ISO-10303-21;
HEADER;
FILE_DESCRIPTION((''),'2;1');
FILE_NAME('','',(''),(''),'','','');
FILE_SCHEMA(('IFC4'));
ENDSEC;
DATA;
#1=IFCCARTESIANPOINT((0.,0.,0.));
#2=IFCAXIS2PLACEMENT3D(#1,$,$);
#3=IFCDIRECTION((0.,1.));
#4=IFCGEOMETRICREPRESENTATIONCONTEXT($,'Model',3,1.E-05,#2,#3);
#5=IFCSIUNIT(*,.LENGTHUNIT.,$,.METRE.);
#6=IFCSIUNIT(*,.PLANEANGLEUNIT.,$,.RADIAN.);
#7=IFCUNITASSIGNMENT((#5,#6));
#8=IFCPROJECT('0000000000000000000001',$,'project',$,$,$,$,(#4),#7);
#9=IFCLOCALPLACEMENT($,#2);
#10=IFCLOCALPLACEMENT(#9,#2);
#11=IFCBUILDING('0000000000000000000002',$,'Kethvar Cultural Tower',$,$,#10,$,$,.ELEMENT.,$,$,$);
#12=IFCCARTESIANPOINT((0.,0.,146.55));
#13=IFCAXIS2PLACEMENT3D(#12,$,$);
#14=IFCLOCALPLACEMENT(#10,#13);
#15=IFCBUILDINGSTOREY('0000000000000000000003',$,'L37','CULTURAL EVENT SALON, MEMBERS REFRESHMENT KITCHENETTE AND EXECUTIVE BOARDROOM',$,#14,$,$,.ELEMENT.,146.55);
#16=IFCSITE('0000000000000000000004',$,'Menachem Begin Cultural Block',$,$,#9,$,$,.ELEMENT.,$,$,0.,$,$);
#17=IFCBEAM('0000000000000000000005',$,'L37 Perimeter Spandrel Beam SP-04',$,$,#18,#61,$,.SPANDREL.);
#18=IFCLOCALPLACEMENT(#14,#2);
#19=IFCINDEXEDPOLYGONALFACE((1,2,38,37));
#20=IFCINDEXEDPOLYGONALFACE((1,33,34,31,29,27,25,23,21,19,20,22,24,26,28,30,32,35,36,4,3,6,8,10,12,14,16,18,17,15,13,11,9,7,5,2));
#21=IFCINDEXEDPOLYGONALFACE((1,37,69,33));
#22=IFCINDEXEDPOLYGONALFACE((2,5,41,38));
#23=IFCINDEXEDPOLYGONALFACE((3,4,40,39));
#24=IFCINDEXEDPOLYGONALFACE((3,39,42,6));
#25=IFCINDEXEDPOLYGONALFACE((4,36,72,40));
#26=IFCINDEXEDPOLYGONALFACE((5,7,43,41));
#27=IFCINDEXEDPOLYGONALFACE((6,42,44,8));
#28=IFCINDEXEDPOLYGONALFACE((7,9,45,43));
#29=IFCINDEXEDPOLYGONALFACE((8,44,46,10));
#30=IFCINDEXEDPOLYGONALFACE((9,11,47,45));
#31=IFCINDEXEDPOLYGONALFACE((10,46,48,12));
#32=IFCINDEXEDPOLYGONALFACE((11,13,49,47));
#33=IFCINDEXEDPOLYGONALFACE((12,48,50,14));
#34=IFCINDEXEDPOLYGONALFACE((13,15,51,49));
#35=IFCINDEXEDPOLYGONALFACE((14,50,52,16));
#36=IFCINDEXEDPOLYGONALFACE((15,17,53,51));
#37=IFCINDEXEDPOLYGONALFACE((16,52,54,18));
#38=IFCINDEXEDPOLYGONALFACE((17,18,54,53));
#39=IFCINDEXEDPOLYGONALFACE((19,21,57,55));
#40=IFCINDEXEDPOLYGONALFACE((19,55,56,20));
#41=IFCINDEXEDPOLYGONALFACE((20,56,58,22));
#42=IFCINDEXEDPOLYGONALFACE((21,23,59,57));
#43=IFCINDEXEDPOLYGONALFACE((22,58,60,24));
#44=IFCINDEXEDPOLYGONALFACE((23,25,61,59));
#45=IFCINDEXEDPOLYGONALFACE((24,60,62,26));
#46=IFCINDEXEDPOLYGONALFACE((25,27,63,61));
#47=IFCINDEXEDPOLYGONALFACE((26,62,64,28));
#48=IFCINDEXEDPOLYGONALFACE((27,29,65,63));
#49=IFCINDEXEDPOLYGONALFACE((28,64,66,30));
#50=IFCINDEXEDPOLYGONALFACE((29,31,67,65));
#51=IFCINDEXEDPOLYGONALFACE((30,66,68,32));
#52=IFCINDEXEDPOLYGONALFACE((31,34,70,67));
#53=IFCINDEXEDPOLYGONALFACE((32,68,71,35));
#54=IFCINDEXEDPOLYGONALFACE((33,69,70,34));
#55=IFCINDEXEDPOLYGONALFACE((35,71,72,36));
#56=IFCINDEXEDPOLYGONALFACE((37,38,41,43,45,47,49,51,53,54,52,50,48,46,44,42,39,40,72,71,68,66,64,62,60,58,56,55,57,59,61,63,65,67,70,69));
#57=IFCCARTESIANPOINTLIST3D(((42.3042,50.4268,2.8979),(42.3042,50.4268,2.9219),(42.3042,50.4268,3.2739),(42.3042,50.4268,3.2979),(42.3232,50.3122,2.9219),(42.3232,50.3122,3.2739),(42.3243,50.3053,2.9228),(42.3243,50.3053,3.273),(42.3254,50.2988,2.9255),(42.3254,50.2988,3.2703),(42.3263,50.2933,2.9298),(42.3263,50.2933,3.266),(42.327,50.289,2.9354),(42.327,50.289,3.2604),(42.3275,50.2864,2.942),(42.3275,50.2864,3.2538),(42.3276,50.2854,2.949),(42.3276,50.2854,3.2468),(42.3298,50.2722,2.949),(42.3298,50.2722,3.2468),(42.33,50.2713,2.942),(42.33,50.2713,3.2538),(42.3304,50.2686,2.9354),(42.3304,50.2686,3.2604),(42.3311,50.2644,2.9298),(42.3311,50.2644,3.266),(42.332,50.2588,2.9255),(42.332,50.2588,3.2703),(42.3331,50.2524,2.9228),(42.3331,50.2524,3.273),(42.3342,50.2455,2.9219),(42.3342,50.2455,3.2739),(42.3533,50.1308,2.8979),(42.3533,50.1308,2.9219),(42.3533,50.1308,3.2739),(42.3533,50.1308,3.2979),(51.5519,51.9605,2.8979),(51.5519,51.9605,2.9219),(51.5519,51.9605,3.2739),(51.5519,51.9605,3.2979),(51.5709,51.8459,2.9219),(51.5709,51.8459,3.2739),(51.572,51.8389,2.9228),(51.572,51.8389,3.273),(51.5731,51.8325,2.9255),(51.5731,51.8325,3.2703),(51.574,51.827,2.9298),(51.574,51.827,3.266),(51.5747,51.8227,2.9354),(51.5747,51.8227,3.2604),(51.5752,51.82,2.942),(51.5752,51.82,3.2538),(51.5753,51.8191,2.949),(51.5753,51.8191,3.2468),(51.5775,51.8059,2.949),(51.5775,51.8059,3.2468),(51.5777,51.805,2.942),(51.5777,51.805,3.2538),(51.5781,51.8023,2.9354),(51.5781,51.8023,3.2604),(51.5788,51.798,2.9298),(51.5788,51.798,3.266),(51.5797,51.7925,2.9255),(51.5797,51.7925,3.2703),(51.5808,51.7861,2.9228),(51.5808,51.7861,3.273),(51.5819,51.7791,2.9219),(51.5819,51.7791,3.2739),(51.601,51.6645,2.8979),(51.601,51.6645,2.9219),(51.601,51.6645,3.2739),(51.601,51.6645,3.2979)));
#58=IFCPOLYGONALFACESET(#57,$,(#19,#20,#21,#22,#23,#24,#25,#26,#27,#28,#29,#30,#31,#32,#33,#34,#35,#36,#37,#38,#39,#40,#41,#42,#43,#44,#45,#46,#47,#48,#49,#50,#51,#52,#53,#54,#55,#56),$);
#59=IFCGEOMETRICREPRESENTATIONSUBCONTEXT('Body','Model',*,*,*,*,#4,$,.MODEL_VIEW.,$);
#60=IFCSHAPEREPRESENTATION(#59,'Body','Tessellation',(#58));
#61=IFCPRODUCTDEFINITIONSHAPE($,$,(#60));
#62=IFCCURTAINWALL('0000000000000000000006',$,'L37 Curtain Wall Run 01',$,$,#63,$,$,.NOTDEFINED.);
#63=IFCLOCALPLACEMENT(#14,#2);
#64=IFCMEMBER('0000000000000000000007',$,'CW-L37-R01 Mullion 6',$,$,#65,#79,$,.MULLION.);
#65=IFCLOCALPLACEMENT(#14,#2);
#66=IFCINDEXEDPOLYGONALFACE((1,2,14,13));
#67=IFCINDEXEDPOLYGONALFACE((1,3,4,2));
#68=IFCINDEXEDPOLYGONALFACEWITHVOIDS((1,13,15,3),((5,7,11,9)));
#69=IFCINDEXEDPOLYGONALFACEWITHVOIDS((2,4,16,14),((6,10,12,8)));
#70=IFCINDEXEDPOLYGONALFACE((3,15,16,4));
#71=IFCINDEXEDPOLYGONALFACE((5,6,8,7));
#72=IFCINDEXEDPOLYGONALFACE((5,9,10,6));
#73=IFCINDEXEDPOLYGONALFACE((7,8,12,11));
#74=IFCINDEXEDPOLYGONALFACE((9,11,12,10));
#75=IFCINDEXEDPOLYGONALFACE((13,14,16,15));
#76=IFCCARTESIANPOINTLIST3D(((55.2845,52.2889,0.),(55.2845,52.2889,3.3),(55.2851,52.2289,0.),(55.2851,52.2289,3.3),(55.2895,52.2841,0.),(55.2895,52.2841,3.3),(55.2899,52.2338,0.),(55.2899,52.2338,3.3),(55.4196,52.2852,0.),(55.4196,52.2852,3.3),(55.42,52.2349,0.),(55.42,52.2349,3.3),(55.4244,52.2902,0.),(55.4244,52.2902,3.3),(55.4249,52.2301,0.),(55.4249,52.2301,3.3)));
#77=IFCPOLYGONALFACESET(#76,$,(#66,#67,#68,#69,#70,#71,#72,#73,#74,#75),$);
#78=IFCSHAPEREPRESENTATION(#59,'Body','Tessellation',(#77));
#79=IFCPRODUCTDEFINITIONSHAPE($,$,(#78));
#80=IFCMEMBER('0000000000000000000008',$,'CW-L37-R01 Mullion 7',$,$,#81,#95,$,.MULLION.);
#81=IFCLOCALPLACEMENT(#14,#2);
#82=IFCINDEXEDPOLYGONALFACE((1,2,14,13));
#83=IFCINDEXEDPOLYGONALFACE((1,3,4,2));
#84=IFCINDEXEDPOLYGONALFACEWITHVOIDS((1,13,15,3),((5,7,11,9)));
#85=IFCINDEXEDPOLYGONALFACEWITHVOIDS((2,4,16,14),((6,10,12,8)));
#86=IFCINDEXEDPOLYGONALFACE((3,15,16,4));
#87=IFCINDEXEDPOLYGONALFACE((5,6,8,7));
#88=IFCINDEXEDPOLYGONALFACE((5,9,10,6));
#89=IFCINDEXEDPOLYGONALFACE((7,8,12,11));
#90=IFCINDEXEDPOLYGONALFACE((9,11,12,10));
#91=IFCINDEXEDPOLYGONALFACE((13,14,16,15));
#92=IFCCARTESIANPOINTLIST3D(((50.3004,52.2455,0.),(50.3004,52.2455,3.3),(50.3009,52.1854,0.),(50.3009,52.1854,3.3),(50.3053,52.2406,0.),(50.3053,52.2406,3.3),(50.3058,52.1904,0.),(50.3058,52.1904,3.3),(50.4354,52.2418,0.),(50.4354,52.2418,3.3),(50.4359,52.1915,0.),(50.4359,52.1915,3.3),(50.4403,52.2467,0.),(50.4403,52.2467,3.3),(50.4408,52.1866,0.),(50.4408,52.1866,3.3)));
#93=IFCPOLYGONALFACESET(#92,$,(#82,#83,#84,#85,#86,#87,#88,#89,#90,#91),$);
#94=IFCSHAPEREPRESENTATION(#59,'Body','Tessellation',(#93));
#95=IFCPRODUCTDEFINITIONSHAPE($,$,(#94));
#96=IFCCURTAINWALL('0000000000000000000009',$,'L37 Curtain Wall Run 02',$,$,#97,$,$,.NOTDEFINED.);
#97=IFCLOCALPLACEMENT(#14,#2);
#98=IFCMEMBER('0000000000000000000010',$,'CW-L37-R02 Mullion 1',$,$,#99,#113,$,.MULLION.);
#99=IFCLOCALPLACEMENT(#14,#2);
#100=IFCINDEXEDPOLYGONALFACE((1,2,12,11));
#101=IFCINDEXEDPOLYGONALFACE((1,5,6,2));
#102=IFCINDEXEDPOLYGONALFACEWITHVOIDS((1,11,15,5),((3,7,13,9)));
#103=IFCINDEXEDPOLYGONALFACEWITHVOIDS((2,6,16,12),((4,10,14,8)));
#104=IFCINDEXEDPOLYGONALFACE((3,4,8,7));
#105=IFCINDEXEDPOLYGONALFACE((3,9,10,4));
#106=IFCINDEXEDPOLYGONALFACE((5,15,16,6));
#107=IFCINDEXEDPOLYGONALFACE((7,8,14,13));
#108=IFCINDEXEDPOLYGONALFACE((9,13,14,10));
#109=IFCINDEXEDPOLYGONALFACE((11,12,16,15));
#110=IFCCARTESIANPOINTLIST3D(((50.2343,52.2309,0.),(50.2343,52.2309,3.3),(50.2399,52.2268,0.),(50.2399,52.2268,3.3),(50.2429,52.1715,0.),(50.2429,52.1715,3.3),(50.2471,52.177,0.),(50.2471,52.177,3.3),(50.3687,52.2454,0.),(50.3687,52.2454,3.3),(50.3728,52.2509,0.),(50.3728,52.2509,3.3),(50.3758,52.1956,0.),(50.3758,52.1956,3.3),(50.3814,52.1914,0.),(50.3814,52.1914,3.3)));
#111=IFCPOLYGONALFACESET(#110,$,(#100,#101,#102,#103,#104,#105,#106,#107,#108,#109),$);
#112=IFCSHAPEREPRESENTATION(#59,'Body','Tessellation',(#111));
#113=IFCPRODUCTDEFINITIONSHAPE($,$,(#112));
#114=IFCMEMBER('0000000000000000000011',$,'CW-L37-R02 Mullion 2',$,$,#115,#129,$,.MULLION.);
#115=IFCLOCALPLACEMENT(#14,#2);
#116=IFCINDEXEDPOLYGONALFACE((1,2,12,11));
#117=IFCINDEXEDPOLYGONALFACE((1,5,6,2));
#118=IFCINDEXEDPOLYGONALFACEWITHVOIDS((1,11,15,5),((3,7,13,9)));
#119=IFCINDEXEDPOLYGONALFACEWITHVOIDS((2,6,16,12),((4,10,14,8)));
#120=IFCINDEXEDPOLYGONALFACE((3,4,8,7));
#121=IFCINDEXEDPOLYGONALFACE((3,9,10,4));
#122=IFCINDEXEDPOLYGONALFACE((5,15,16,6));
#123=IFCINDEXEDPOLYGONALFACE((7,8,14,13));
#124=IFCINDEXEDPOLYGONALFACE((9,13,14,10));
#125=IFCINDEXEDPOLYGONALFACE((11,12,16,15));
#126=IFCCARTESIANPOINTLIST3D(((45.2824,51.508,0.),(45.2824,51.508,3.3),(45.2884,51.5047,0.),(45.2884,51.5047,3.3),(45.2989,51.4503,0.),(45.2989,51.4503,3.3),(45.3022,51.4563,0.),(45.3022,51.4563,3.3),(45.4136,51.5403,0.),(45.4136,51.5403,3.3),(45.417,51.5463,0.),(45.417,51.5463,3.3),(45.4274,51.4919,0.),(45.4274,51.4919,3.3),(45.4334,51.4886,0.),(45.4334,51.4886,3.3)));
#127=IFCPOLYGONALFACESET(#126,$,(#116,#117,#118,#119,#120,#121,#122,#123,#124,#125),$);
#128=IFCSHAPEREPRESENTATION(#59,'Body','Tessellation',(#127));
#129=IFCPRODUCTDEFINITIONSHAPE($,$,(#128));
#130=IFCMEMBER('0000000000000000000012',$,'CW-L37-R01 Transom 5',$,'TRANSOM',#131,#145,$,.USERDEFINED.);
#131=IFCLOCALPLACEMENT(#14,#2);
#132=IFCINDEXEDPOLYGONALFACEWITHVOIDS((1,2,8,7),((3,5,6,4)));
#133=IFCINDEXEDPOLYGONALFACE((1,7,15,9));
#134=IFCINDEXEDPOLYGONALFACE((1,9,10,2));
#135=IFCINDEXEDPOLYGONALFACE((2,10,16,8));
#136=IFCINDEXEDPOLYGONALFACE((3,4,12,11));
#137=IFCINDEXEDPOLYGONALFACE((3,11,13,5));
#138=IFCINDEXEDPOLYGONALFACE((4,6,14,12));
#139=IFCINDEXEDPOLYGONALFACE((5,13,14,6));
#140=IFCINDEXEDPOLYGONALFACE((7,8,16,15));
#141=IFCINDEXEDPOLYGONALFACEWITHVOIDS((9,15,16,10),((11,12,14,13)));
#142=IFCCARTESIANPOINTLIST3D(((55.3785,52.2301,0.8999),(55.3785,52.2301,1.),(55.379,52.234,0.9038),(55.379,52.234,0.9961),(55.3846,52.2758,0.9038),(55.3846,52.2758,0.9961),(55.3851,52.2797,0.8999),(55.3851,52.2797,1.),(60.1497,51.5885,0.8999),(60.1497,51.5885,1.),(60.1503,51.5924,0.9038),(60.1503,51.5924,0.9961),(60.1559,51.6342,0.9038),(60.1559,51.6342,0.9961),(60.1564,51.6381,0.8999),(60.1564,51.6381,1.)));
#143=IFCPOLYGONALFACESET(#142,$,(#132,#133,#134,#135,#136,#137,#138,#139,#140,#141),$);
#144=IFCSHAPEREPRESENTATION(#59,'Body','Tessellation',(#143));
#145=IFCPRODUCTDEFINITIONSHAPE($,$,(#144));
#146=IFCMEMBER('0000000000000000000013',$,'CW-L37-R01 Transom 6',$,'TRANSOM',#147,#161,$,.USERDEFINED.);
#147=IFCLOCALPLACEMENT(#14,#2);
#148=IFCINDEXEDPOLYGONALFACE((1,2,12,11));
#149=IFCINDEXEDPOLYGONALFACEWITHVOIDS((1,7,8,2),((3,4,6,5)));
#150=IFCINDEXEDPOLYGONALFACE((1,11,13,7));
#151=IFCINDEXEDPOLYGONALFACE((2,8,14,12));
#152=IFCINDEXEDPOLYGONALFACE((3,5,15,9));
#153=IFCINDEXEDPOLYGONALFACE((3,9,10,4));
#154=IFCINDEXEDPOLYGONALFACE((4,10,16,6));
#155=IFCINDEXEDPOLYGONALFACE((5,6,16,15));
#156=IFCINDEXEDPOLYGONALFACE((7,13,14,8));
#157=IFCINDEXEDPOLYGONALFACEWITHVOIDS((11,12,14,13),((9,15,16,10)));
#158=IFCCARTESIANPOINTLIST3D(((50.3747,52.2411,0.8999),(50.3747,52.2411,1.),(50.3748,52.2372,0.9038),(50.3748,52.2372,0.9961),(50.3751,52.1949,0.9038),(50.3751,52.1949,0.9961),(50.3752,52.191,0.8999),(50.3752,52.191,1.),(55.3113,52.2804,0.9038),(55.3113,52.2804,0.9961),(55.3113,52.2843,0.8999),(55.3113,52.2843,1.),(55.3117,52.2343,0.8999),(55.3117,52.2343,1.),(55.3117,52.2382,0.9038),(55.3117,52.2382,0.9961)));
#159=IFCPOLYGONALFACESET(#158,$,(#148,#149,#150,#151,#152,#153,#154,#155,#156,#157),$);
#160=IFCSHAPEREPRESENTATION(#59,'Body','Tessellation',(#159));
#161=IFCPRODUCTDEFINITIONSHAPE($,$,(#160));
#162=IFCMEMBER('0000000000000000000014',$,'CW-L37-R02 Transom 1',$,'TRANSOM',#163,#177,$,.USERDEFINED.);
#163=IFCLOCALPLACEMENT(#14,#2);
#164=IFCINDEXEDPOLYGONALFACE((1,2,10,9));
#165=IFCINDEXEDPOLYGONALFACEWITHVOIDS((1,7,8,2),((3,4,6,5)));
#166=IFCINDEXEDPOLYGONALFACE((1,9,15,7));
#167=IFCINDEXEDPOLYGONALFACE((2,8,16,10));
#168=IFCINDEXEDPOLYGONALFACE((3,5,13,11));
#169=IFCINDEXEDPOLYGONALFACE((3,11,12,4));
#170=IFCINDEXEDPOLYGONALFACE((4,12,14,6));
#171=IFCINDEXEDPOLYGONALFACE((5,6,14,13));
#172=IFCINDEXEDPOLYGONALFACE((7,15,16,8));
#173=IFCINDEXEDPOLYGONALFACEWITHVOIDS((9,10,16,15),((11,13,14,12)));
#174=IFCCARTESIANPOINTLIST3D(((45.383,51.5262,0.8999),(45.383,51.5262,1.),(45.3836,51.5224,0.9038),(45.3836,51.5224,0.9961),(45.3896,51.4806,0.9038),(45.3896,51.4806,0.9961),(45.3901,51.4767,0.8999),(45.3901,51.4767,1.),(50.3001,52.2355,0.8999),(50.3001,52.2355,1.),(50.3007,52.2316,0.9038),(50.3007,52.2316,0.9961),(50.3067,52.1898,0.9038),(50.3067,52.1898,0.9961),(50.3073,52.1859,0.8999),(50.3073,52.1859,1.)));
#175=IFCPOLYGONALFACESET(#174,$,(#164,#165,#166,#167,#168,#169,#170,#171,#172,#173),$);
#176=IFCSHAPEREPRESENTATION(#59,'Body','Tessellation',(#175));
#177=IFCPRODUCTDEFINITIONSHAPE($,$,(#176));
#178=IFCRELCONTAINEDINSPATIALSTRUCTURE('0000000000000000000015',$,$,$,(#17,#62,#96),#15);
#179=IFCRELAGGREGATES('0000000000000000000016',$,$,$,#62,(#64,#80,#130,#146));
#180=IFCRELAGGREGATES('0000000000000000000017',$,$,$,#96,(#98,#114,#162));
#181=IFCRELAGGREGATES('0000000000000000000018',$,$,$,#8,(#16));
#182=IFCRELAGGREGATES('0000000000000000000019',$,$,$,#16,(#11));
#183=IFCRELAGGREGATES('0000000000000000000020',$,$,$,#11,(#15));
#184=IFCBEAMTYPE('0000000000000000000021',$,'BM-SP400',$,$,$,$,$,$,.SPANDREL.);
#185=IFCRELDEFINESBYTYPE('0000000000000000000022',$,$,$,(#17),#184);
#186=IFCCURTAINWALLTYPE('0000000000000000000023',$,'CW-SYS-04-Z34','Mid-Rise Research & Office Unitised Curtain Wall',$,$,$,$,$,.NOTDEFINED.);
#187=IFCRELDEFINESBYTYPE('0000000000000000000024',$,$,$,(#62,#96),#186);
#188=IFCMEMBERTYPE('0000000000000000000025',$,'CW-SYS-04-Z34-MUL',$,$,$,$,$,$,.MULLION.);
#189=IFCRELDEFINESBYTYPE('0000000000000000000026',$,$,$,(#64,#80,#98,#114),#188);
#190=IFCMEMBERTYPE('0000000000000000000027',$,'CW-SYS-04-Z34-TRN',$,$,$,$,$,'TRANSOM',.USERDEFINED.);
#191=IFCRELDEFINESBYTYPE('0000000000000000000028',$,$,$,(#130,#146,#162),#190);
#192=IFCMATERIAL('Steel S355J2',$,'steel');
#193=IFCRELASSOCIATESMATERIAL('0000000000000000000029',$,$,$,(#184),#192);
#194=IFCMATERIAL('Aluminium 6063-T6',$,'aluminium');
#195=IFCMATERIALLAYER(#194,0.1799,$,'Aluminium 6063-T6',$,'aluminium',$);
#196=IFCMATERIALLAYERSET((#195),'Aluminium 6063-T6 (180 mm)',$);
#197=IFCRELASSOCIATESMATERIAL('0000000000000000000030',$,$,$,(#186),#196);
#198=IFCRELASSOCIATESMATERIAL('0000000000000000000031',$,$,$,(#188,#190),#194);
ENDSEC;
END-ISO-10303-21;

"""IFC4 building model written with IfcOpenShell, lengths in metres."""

from ifc_helpers import new_model, si_unit, direction, frame, origin, origin_2d, place, context, subcontext, project, spatial, hollow_rectangle, i_section, extrude, source, transform, mapped, material, layer, layer_set, material_profile, profile_set, type_object, element, aggregate, save


model = new_model("IFC4")

# Units and contexts
model_context = context("Model", 3, precision=1e-05, world=origin(), true_north=direction((0.0, 1.0)))
body_context = subcontext(model_context, "Body", "Model", "MODEL_VIEW")
ifc_project = project(units=[si_unit("LENGTHUNIT", "METRE"), si_unit("PLANEANGLEUNIT", "RADIAN")], contexts=[model_context])

# Site, building, storey
site_placement = place(None, origin())
site = spatial("IfcSite", under=ifc_project, at=site_placement, Name="Menachem Begin Cultural Block", CompositionType="ELEMENT", RefElevation=0.0)
building_placement = place(site_placement, origin())
building = spatial("IfcBuilding", under=site, at=building_placement, Name="Kethvar Cultural Tower", CompositionType="ELEMENT")
storey_placement = place(building_placement, frame((0.0, 0.0, 146.55)))
storey = spatial("IfcBuildingStorey", under=building, at=storey_placement, Name="L37", Description="CULTURAL EVENT SALON, MEMBERS REFRESHMENT KITCHENETTE AND EXECUTIVE BOARDROOM", CompositionType="ELEMENT", Elevation=146.55)

# Beam
ifc_material_1 = material(Name="Steel S355J2", Category="steel")
ifc_material_profile_1 = material_profile(ifc_material_1, i_section(OverallWidth=0.3, OverallDepth=0.3999, WebThickness=0.0134, FlangeThickness=0.0239, FilletRadius=0.0271, at=origin_2d()), Name="Steel S355J2 — HEB400")
ifc_profile_set_1 = profile_set([ifc_material_profile_1], Name="Steel S355J2 — HEB400")
beam_type_1 = type_object("IfcBeamType", Name="BM-SP400", PredefinedType="SPANDREL", material=ifc_profile_set_1)
shared_shape_1 = source(origin(), body_context, "Body", "SweptSolid", [
    extrude(i_section(OverallWidth=0.3, OverallDepth=0.3999, WebThickness=0.0134, FlangeThickness=0.0239, FilletRadius=0.0271, at=origin_2d()), origin(), (0.0, 0.0, 1.0), 9.374),
])
beam_1_placement = place(storey_placement, frame((51.5764, 51.8125, 3.0979), z_axis=(-0.986525, -0.163609, 0.0), x_axis=(0.163609, -0.986525, 0.0)))
element("IfcBeam", 1, at=beam_1_placement, inside=storey, type_object=beam_type_1, Name="L37 Perimeter Spandrel Beam SP-04", PredefinedType="SPANDREL", context=body_context, shape_type="MappedRepresentation", body=[
    mapped(shared_shape_1, transform((0.0, 0.0, 0.0), scale=1.0)),
])

# Curtain walls, members
ifc_material_2 = material(Name="Aluminium 6063-T6", Category="aluminium")
ifc_layer_1 = layer(ifc_material_2, 0.1799, Name="Aluminium 6063-T6", Category="aluminium")
ifc_layer_set_1 = layer_set([ifc_layer_1], Name="Aluminium 6063-T6 (180 mm)")
curtain_wall_type = type_object("IfcCurtainWallType", Name="CW-SYS-04-Z34", Description="Mid-Rise Research & Office Unitised Curtain Wall", PredefinedType="NOTDEFINED", material=ifc_layer_set_1)
curtain_wall_1_placement = place(storey_placement, origin())
curtain_wall_1 = element("IfcCurtainWall", 2, at=curtain_wall_1_placement, inside=storey, type_object=curtain_wall_type, Name="L37 Curtain Wall Run 01", PredefinedType="NOTDEFINED")
ifc_material_profile_2 = material_profile(ifc_material_2, hollow_rectangle(XDim=0.0601, YDim=0.1399, WallThickness=0.0049, at=origin_2d()), Name="Aluminium 6063-T6 — RHS140x60x5")
ifc_profile_set_2 = profile_set([ifc_material_profile_2], Name="Aluminium 6063-T6 — RHS140x60x5")
member_type_1 = type_object("IfcMemberType", Name="CW-SYS-04-Z34-MUL", PredefinedType="MULLION", material=ifc_profile_set_2)
shared_shape_2 = source(origin(), body_context, "Body", "SweptSolid", [
    extrude(hollow_rectangle(XDim=0.0601, YDim=0.1399, WallThickness=0.0049, at=origin_2d()), origin(), (0.0, 0.0, 1.0), 3.3),
])
member_1_placement = place(storey_placement, frame((55.3547, 52.2595, 0.0), z_axis=(0.0, 0.0, 1.0), x_axis=(0.008744, -0.999962, 0.0)))
member_1 = element("IfcMember", 3, at=member_1_placement, type_object=member_type_1, Name="CW-L37-R01 Mullion 6", PredefinedType="MULLION", context=body_context, shape_type="MappedRepresentation", body=[
    mapped(shared_shape_2, transform((0.0, 0.0, 0.0), scale=1.0)),
])
member_2_placement = place(storey_placement, frame((50.3706, 52.2161, 0.0), z_axis=(0.0, 0.0, 1.0), x_axis=(0.008744, -0.999962, 0.0)))
member_2 = element("IfcMember", 4, at=member_2_placement, type_object=member_type_1, Name="CW-L37-R01 Mullion 7", PredefinedType="MULLION", context=body_context, shape_type="MappedRepresentation", body=[
    mapped(shared_shape_2, transform((0.0, 0.0, 0.0), scale=1.0)),
])
curtain_wall_2_placement = place(storey_placement, origin())
curtain_wall_2 = element("IfcCurtainWall", 5, at=curtain_wall_2_placement, inside=storey, type_object=curtain_wall_type, Name="L37 Curtain Wall Run 02", PredefinedType="NOTDEFINED")
member_3_placement = place(storey_placement, frame((50.3079, 52.2112, 0.0), z_axis=(0.0, 0.0, 1.0), x_axis=(0.142767, -0.989756, 0.0)))
member_3 = element("IfcMember", 6, at=member_3_placement, type_object=member_type_1, Name="CW-L37-R02 Mullion 1", PredefinedType="MULLION", context=body_context, shape_type="MappedRepresentation", body=[
    mapped(shared_shape_2, transform((0.0, 0.0, 0.0), scale=1.0)),
])
member_4_placement = place(storey_placement, frame((45.3579, 51.4983, 0.0), z_axis=(0.0, 0.0, 1.0), x_axis=(0.273875, -0.961765, 0.0)))
member_4 = element("IfcMember", 7, at=member_4_placement, type_object=member_type_1, Name="CW-L37-R02 Mullion 2", PredefinedType="MULLION", context=body_context, shape_type="MappedRepresentation", body=[
    mapped(shared_shape_2, transform((0.0, 0.0, 0.0), scale=1.0)),
])

# Members
ifc_material_profile_3 = material_profile(ifc_material_2, hollow_rectangle(XDim=0.05, YDim=0.1001, WallThickness=0.0039, at=origin_2d()), Name="Aluminium 6063-T6 — RHS100x50x4")
ifc_profile_set_3 = profile_set([ifc_material_profile_3], Name="Aluminium 6063-T6 — RHS100x50x4")
member_type_2 = type_object("IfcMemberType", Name="CW-SYS-04-Z34-TRN", ElementType="TRANSOM", PredefinedType="USERDEFINED", material=ifc_profile_set_3)
shared_shape_3 = source(origin(), body_context, "Body", "SweptSolid", [
    extrude(hollow_rectangle(XDim=0.05, YDim=0.1001, WallThickness=0.0039, at=origin_2d()), origin(), (0.0, 0.0, 1.0), 4.8142),
])
member_5_placement = place(storey_placement, frame((60.1531, 51.6133, 0.95), z_axis=(-0.991079, 0.133273, 0.0), x_axis=(-0.133273, -0.991079, 0.0)))
member_5 = element("IfcMember", 8, at=member_5_placement, type_object=member_type_2, Name="CW-L37-R01 Transom 5", ObjectType="TRANSOM", PredefinedType="USERDEFINED", context=body_context, shape_type="MappedRepresentation", body=[
    mapped(shared_shape_3, transform((0.0, 0.0, 0.0), scale=1.0)),
])
shared_shape_4 = source(origin(), body_context, "Body", "SweptSolid", [
    extrude(hollow_rectangle(XDim=0.05, YDim=0.1001, WallThickness=0.0039, at=origin_2d()), origin(), (0.0, 0.0, 1.0), 4.9368),
])
member_6_placement = place(storey_placement, frame((55.3115, 52.2593, 0.95), z_axis=(-0.999962, -0.008753, 0.0), x_axis=(0.008753, -0.999962, 0.0)))
member_6 = element("IfcMember", 9, at=member_6_placement, type_object=member_type_2, Name="CW-L37-R01 Transom 6", ObjectType="TRANSOM", PredefinedType="USERDEFINED", context=body_context, shape_type="MappedRepresentation", body=[
    mapped(shared_shape_4, transform((0.0, 0.0, 0.0), scale=1.0)),
])
shared_shape_5 = source(origin(), body_context, "Body", "SweptSolid", [
    extrude(hollow_rectangle(XDim=0.05, YDim=0.1001, WallThickness=0.0039, at=origin_2d()), origin(), (0.0, 0.0, 1.0), 4.968),
])
member_7_placement = place(storey_placement, frame((50.3037, 52.2107, 0.95), z_axis=(-0.989758, -0.142756, 0.0), x_axis=(0.142756, -0.989758, 0.0)))
member_7 = element("IfcMember", 10, at=member_7_placement, type_object=member_type_2, Name="CW-L37-R02 Transom 1", ObjectType="TRANSOM", PredefinedType="USERDEFINED", context=body_context, shape_type="MappedRepresentation", body=[
    mapped(shared_shape_5, transform((0.0, 0.0, 0.0), scale=1.0)),
])

aggregate(curtain_wall_1, [member_1, member_2, member_5, member_6])
aggregate(curtain_wall_2, [member_3, member_4, member_7])

save(model, "model.ifc")
